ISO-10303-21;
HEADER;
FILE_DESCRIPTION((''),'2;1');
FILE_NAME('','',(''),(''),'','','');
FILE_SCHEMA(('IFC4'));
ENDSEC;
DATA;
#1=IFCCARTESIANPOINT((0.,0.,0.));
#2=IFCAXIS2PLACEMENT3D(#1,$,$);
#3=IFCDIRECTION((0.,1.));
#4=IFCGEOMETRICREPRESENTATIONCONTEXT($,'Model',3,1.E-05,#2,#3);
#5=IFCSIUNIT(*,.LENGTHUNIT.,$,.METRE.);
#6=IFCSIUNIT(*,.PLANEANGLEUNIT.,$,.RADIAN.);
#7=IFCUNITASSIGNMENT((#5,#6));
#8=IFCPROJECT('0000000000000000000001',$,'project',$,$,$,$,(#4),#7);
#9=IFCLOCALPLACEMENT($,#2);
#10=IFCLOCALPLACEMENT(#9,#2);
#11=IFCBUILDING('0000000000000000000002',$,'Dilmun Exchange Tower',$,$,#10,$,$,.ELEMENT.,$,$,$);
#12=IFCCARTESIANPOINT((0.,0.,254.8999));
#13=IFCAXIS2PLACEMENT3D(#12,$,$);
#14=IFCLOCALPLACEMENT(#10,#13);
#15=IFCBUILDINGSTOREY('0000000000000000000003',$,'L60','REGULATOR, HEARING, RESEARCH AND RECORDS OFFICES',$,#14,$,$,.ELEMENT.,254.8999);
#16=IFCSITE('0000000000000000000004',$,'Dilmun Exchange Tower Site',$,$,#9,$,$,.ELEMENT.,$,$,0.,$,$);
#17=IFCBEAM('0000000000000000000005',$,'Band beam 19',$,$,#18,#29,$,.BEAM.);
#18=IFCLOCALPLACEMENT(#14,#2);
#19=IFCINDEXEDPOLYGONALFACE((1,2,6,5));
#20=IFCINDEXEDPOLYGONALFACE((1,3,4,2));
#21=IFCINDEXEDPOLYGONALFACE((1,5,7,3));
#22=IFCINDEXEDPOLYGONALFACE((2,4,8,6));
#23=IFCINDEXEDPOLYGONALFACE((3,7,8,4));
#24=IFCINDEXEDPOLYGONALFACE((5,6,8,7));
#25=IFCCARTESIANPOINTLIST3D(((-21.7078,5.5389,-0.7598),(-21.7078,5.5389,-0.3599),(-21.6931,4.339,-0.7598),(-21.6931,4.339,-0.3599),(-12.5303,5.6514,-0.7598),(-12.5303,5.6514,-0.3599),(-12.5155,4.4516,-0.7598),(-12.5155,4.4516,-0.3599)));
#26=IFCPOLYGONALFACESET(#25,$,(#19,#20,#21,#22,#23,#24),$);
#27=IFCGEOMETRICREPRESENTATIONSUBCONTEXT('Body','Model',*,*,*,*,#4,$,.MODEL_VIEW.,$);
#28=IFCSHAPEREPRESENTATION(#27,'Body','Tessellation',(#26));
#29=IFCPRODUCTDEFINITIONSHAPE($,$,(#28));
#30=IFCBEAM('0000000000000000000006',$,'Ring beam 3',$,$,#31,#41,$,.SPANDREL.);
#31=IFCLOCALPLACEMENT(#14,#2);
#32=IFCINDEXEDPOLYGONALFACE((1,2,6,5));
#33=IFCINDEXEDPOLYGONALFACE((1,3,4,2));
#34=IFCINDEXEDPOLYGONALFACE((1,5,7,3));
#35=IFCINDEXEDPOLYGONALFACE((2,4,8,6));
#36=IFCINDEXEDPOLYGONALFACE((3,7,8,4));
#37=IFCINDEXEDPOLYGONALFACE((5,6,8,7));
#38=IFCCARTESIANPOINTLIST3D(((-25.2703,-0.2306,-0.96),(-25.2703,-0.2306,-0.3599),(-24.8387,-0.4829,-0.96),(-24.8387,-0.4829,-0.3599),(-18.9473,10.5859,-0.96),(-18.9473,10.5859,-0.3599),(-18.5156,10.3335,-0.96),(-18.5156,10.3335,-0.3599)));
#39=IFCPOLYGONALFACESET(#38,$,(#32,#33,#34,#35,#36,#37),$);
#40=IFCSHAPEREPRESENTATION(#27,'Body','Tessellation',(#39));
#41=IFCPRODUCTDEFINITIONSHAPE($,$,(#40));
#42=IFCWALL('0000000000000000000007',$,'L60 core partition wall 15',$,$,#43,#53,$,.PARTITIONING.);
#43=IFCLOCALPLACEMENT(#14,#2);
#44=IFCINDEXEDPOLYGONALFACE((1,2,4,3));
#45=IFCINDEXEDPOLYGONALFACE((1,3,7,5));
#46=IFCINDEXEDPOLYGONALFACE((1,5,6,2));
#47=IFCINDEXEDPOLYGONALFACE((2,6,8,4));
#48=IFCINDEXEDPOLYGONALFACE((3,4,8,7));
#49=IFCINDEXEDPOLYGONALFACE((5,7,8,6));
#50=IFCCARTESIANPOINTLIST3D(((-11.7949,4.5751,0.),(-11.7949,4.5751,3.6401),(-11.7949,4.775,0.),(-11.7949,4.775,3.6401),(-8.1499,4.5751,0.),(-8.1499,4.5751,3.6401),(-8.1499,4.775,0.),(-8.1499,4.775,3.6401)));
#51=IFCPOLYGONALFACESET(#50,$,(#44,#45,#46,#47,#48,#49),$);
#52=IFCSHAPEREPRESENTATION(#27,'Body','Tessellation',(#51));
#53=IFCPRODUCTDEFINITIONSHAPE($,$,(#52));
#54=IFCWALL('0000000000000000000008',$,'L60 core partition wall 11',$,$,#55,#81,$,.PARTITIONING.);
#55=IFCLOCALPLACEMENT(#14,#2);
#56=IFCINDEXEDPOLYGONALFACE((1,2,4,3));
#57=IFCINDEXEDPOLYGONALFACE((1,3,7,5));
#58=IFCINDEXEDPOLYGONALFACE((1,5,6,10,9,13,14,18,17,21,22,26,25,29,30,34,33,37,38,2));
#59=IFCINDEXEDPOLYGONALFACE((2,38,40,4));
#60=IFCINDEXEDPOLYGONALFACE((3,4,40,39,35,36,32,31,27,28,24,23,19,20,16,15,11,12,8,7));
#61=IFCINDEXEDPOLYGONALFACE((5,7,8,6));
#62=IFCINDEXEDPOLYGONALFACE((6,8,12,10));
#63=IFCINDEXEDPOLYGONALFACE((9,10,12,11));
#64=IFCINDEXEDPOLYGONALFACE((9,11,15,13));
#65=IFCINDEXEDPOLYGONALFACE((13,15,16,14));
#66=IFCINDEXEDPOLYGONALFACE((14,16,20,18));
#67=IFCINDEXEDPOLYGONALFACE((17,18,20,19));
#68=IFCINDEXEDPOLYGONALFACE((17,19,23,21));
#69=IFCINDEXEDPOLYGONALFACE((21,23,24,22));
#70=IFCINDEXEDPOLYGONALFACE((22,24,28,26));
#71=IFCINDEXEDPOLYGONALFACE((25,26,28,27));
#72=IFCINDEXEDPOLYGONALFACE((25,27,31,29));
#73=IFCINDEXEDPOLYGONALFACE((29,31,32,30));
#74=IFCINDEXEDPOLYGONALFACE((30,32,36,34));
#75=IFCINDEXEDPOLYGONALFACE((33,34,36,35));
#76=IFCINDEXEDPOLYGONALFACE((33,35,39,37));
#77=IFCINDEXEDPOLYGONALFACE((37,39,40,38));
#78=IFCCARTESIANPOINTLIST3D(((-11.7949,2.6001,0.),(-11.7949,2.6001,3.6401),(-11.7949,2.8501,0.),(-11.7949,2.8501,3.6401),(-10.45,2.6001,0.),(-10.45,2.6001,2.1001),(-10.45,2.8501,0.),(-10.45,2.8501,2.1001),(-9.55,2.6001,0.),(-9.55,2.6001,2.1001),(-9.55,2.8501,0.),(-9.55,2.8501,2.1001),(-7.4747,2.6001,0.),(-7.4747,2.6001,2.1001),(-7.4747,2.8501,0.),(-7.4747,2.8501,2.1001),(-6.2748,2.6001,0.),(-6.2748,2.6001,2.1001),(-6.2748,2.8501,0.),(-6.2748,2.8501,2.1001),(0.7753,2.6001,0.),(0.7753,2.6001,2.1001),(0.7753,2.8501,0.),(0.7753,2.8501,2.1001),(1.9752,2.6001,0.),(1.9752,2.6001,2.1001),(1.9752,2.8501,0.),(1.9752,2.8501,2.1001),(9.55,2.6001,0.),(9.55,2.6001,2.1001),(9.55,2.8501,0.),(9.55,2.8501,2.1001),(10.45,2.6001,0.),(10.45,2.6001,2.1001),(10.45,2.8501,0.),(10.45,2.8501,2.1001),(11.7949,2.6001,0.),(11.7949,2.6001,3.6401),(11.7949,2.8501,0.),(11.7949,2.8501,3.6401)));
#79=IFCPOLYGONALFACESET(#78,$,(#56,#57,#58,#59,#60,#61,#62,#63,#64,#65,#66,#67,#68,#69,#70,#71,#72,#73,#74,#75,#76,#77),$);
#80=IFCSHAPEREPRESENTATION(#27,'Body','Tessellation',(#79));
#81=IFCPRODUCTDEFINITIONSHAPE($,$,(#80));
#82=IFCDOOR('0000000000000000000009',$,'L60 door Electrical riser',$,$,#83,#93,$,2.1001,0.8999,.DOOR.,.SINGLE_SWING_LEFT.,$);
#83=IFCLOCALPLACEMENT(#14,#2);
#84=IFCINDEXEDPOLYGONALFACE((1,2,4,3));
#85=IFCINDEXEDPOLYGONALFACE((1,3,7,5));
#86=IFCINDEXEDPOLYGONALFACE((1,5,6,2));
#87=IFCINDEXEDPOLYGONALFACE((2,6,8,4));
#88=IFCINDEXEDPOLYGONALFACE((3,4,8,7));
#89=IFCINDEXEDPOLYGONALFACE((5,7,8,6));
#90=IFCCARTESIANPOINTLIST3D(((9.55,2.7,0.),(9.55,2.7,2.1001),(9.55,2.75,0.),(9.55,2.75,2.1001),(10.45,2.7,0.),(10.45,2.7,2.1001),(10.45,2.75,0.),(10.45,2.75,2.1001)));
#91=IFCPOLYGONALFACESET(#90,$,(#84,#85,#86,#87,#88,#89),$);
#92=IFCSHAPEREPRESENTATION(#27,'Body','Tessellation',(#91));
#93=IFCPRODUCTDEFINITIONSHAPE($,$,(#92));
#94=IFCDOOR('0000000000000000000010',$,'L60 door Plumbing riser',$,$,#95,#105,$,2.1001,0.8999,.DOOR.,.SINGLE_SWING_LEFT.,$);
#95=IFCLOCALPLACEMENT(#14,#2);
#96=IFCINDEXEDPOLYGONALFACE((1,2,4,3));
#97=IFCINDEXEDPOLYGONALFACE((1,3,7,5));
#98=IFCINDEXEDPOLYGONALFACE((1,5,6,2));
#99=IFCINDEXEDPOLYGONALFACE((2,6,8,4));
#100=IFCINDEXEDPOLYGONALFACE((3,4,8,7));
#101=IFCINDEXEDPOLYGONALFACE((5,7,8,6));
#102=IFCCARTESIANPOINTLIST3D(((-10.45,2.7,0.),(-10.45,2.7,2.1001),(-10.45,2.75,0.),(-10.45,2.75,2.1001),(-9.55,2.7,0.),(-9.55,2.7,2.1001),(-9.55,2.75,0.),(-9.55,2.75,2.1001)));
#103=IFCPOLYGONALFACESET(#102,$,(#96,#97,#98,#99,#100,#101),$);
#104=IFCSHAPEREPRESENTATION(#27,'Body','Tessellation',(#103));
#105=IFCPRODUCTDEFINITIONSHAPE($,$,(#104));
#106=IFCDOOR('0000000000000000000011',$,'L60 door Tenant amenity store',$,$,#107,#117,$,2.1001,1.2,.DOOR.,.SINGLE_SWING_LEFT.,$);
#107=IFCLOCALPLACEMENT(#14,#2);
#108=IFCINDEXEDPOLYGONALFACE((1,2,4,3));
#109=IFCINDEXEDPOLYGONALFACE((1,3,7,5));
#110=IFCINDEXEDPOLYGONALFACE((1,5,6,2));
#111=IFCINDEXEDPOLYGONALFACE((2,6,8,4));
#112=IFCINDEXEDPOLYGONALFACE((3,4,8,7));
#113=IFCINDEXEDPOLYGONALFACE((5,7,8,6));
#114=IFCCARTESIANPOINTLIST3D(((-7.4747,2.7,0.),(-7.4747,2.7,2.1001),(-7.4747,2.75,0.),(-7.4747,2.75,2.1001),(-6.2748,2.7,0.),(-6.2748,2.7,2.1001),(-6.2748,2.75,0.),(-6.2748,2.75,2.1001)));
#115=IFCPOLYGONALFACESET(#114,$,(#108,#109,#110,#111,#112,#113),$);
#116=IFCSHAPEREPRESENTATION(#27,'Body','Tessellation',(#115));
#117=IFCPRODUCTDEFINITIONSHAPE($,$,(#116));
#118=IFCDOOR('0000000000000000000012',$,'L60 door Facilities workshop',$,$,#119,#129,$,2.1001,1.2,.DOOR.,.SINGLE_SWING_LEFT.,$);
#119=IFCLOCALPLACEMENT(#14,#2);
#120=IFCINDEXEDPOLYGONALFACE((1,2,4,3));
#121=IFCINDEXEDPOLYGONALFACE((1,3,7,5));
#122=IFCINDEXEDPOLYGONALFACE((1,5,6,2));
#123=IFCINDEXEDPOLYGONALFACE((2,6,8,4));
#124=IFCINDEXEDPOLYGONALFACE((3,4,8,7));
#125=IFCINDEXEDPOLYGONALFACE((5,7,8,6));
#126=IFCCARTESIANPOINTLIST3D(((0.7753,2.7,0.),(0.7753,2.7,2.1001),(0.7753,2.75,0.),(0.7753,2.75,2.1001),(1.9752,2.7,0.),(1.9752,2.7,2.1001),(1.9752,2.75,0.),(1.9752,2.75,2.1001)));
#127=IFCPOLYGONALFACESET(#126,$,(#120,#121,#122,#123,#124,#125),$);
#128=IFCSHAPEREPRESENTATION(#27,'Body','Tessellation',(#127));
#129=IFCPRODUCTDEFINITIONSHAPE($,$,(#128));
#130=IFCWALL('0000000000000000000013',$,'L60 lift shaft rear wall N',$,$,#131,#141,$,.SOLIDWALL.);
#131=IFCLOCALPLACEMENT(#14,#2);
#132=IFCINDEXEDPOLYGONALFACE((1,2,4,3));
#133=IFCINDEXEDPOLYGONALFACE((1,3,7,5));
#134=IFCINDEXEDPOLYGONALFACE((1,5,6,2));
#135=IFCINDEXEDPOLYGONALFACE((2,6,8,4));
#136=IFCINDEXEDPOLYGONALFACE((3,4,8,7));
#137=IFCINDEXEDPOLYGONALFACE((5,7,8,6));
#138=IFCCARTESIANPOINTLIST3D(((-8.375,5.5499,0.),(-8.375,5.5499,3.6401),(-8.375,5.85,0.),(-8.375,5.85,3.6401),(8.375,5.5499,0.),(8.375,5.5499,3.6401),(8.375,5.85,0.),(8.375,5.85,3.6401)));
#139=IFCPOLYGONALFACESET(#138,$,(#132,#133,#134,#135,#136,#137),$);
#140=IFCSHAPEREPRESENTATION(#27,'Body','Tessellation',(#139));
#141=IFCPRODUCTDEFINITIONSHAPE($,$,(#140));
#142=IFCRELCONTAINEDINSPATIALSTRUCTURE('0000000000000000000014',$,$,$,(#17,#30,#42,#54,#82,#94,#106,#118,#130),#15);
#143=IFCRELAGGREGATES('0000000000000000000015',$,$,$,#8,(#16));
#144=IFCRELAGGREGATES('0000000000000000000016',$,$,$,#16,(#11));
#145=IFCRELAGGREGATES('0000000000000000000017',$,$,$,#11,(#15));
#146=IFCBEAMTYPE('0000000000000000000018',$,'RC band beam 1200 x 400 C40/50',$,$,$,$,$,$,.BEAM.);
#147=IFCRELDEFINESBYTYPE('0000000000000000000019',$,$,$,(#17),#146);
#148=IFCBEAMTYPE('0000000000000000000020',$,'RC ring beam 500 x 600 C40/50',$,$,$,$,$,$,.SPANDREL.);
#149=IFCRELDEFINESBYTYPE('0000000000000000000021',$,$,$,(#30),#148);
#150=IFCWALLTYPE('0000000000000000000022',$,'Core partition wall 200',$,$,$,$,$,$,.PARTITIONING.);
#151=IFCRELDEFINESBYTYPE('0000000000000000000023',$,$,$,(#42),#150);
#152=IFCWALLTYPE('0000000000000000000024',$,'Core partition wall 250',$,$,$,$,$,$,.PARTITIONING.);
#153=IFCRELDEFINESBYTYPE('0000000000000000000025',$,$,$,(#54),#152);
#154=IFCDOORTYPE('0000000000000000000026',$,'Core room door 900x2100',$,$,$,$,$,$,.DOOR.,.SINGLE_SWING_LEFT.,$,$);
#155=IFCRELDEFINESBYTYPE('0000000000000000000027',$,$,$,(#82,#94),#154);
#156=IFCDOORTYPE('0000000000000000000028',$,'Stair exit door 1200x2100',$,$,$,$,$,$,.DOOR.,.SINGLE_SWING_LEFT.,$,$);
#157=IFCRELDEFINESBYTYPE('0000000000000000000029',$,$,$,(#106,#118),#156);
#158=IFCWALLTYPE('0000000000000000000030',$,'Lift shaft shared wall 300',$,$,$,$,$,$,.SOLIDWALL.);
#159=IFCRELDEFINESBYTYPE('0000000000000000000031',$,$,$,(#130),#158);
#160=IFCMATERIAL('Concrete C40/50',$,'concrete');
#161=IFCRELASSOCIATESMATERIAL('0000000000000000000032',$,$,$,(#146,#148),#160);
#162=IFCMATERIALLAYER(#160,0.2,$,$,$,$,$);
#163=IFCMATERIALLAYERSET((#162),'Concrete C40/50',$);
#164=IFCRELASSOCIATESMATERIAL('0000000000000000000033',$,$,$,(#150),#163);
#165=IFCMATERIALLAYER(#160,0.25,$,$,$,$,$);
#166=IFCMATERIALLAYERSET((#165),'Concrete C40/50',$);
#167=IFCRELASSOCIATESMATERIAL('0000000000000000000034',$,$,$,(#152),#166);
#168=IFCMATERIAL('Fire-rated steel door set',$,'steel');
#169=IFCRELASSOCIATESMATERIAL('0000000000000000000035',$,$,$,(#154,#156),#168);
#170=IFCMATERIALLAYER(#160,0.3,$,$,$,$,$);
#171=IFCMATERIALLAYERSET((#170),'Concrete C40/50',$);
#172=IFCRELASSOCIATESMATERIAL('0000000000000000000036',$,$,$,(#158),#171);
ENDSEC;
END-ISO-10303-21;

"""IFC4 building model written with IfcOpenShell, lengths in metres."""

from ifc_helpers import new_model, si_unit, direction, frame, frame_2d, origin, origin_2d, place, context, subcontext, project, spatial, rectangle, extrude, material, layer, layer_set, material_profile, profile_set, type_object, element, fill, save


model = new_model("IFC4")

# Units and contexts
model_context = context("Model", 3, precision=1e-05, world=origin(), true_north=direction((0.0, 1.0)))
body_context = subcontext(model_context, "Body", "Model", "MODEL_VIEW")
ifc_project = project(units=[si_unit("LENGTHUNIT", "METRE"), si_unit("PLANEANGLEUNIT", "RADIAN")], contexts=[model_context])

# Site, building, storey
site_placement = place(None, origin())
site = spatial("IfcSite", under=ifc_project, at=site_placement, Name="Dilmun Exchange Tower Site", CompositionType="ELEMENT", RefElevation=0.0)
building_placement = place(site_placement, origin())
building = spatial("IfcBuilding", under=site, at=building_placement, Name="Dilmun Exchange Tower", CompositionType="ELEMENT")
storey_placement = place(building_placement, frame((0.0, 0.0, 254.8999)))
storey = spatial("IfcBuildingStorey", under=building, at=storey_placement, Name="L60", Description="REGULATOR, HEARING, RESEARCH AND RECORDS OFFICES", CompositionType="ELEMENT", Elevation=254.8999)

# Beams
ifc_material_1 = material(Name="Concrete C40/50", Category="concrete")
ifc_material_profile_1 = material_profile(ifc_material_1, rectangle(XDim=1.2, YDim=0.3999, at=origin_2d()), Name="1200 x 400")
ifc_profile_set_1 = profile_set([ifc_material_profile_1], Name="Concrete C40/50")
beam_type_1 = type_object("IfcBeamType", Name="RC band beam 1200 x 400 C40/50", PredefinedType="BEAM", material=ifc_profile_set_1)
beam_1_placement = place(storey_placement, frame((-21.7004, 4.939, -0.5598), z_axis=(0.999925, 0.012263, 0.0), x_axis=(-0.012263, 0.999925, 0.0)))
element("IfcBeam", 1, at=beam_1_placement, inside=storey, type_object=beam_type_1, Name="Band beam 19", PredefinedType="BEAM", context=body_context, shape_type="SweptSolid", body=[
    extrude(rectangle(XDim=1.2, YDim=0.3999, at=origin_2d()), origin(), (0.0, 0.0, 1.0), 9.1782),
])
ifc_material_profile_2 = material_profile(ifc_material_1, rectangle(XDim=0.5, YDim=0.6001, at=origin_2d()), Name="500 x 600")
ifc_profile_set_2 = profile_set([ifc_material_profile_2], Name="Concrete C40/50")
beam_type_2 = type_object("IfcBeamType", Name="RC ring beam 500 x 600 C40/50", PredefinedType="SPANDREL", material=ifc_profile_set_2)
beam_2_placement = place(storey_placement, frame((-18.7314, 10.4597, -0.6599), z_axis=(-0.50467, -0.863312, 0.0), x_axis=(0.863312, -0.50467, 0.0)))
element("IfcBeam", 2, at=beam_2_placement, inside=storey, type_object=beam_type_2, Name="Ring beam 3", PredefinedType="SPANDREL", context=body_context, shape_type="SweptSolid", body=[
    extrude(rectangle(XDim=0.5, YDim=0.6001, at=origin_2d()), origin(), (0.0, 0.0, 1.0), 12.5291),
])

# Wall
ifc_layer_1 = layer(ifc_material_1, 0.2)
ifc_layer_set_1 = layer_set([ifc_layer_1], Name="Concrete C40/50")
wall_type_1 = type_object("IfcWallType", Name="Core partition wall 200", PredefinedType="PARTITIONING", material=ifc_layer_set_1)
wall_1_placement = place(storey_placement, frame((-11.7949, 4.675, 0.0), z_axis=(0.0, 0.0, 1.0), x_axis=(1.0, 0.0, 0.0)))
element("IfcWall", 3, at=wall_1_placement, inside=storey, type_object=wall_type_1, Name="L60 core partition wall 15", PredefinedType="PARTITIONING", context=body_context, shape_type="SweptSolid", body=[
    extrude(rectangle(XDim=3.645, YDim=0.2, at=frame_2d((1.8225, 0.0))), origin(), (0.0, 0.0, 1.0), 3.6401),
])

# Wall, openings, doors
ifc_layer_2 = layer(ifc_material_1, 0.25)
ifc_layer_set_2 = layer_set([ifc_layer_2], Name="Concrete C40/50")
wall_type_2 = type_object("IfcWallType", Name="Core partition wall 250", PredefinedType="PARTITIONING", material=ifc_layer_set_2)
wall_2_placement = place(storey_placement, frame((-11.7949, 2.7251, 0.0), z_axis=(0.0, 0.0, 1.0), x_axis=(1.0, 0.0, 0.0)))
wall_2 = element("IfcWall", 4, at=wall_2_placement, inside=storey, type_object=wall_type_2, Name="L60 core partition wall 11", PredefinedType="PARTITIONING", context=body_context, shape_type="SweptSolid", body=[
    extrude(rectangle(XDim=23.5898, YDim=0.25, at=frame_2d((11.7949, 0.0))), origin(), (0.0, 0.0, 1.0), 3.6401),
])
opening_1_placement = place(wall_2_placement, frame((21.345, 0.0, 0.0)))
opening_1 = element("IfcOpeningElement", 5, at=opening_1_placement, cuts=wall_2, PredefinedType="OPENING", context=body_context, shape_type="SweptSolid", body=[
    extrude(rectangle(XDim=0.8999, YDim=2.1001, at=frame_2d((0.45, 1.05))), frame((0.0, 0.135, 0.0), z_axis=(0.0, -1.0, 0.0), x_axis=(1.0, 0.0, 0.0)), (0.0, 0.0, 1.0), 0.27),
])
opening_2_placement = place(wall_2_placement, frame((1.345, 0.0, 0.0)))
opening_2 = element("IfcOpeningElement", 6, at=opening_2_placement, cuts=wall_2, PredefinedType="OPENING", context=body_context, shape_type="SweptSolid", body=[
    extrude(rectangle(XDim=0.8999, YDim=2.1001, at=frame_2d((0.45, 1.05))), frame((0.0, 0.135, 0.0), z_axis=(0.0, -1.0, 0.0), x_axis=(1.0, 0.0, 0.0)), (0.0, 0.0, 1.0), 0.27),
])
opening_3_placement = place(wall_2_placement, frame((4.3201, 0.0, 0.0)))
opening_3 = element("IfcOpeningElement", 7, at=opening_3_placement, cuts=wall_2, PredefinedType="OPENING", context=body_context, shape_type="SweptSolid", body=[
    extrude(rectangle(XDim=1.2, YDim=2.1001, at=frame_2d((0.6001, 1.05))), frame((0.0, 0.135, 0.0), z_axis=(0.0, -1.0, 0.0), x_axis=(1.0, 0.0, 0.0)), (0.0, 0.0, 1.0), 0.27),
])
opening_4_placement = place(wall_2_placement, frame((12.5701, 0.0, 0.0)))
opening_4 = element("IfcOpeningElement", 8, at=opening_4_placement, cuts=wall_2, PredefinedType="OPENING", context=body_context, shape_type="SweptSolid", body=[
    extrude(rectangle(XDim=1.2, YDim=2.1001, at=frame_2d((0.6001, 1.05))), frame((0.0, 0.135, 0.0), z_axis=(0.0, -1.0, 0.0), x_axis=(1.0, 0.0, 0.0)), (0.0, 0.0, 1.0), 0.27),
])
ifc_material_2 = material(Name="Fire-rated steel door set", Category="steel")
door_type_1 = type_object("IfcDoorType", Name="Core room door 900x2100", OperationType="SINGLE_SWING_LEFT", PredefinedType="DOOR", material=ifc_material_2)
door_1_placement = place(opening_1_placement, origin())
door_1 = element("IfcDoor", 9, at=door_1_placement, inside=storey, type_object=door_type_1, Name="L60 door Electrical riser", OperationType="SINGLE_SWING_LEFT", OverallHeight=2.1001, OverallWidth=0.8999, PredefinedType="DOOR", context=body_context, shape_type="SweptSolid", body=[
    extrude(rectangle(XDim=0.8999, YDim=2.1001, at=frame_2d((0.45, 1.05))), frame((0.0, 0.0249, 0.0), z_axis=(0.0, -1.0, 0.0), x_axis=(1.0, 0.0, 0.0)), (0.0, 0.0, 1.0), 0.05),
])
fill(opening_1, door_1)
door_2_placement = place(opening_2_placement, origin())
door_2 = element("IfcDoor", 10, at=door_2_placement, inside=storey, type_object=door_type_1, Name="L60 door Plumbing riser", OperationType="SINGLE_SWING_LEFT", OverallHeight=2.1001, OverallWidth=0.8999, PredefinedType="DOOR", context=body_context, shape_type="SweptSolid", body=[
    extrude(rectangle(XDim=0.8999, YDim=2.1001, at=frame_2d((0.45, 1.05))), frame((0.0, 0.0249, 0.0), z_axis=(0.0, -1.0, 0.0), x_axis=(1.0, 0.0, 0.0)), (0.0, 0.0, 1.0), 0.05),
])
fill(opening_2, door_2)
door_type_2 = type_object("IfcDoorType", Name="Stair exit door 1200x2100", OperationType="SINGLE_SWING_LEFT", PredefinedType="DOOR", material=ifc_material_2)
door_3_placement = place(opening_3_placement, origin())
door_3 = element("IfcDoor", 11, at=door_3_placement, inside=storey, type_object=door_type_2, Name="L60 door Tenant amenity store", OperationType="SINGLE_SWING_LEFT", OverallHeight=2.1001, OverallWidth=1.2, PredefinedType="DOOR", context=body_context, shape_type="SweptSolid", body=[
    extrude(rectangle(XDim=1.2, YDim=2.1001, at=frame_2d((0.6001, 1.05))), frame((0.0, 0.0249, 0.0), z_axis=(0.0, -1.0, 0.0), x_axis=(1.0, 0.0, 0.0)), (0.0, 0.0, 1.0), 0.05),
])
fill(opening_3, door_3)
door_4_placement = place(opening_4_placement, origin())
door_4 = element("IfcDoor", 12, at=door_4_placement, inside=storey, type_object=door_type_2, Name="L60 door Facilities workshop", OperationType="SINGLE_SWING_LEFT", OverallHeight=2.1001, OverallWidth=1.2, PredefinedType="DOOR", context=body_context, shape_type="SweptSolid", body=[
    extrude(rectangle(XDim=1.2, YDim=2.1001, at=frame_2d((0.6001, 1.05))), frame((0.0, 0.0249, 0.0), z_axis=(0.0, -1.0, 0.0), x_axis=(1.0, 0.0, 0.0)), (0.0, 0.0, 1.0), 0.05),
])
fill(opening_4, door_4)

# Wall
ifc_layer_3 = layer(ifc_material_1, 0.3)
ifc_layer_set_3 = layer_set([ifc_layer_3], Name="Concrete C40/50")
wall_type_3 = type_object("IfcWallType", Name="Lift shaft shared wall 300", PredefinedType="SOLIDWALL", material=ifc_layer_set_3)
wall_3_placement = place(storey_placement, frame((-8.375, 5.7, 0.0), z_axis=(0.0, 0.0, 1.0), x_axis=(1.0, 0.0, 0.0)))
element("IfcWall", 13, at=wall_3_placement, inside=storey, type_object=wall_type_3, Name="L60 lift shaft rear wall N", PredefinedType="SOLIDWALL", context=body_context, shape_type="SweptSolid", body=[
    extrude(rectangle(XDim=16.75, YDim=0.3, at=frame_2d((8.375, 0.0))), origin(), (0.0, 0.0, 1.0), 3.6401),
])

save(model, "model.ifc")
